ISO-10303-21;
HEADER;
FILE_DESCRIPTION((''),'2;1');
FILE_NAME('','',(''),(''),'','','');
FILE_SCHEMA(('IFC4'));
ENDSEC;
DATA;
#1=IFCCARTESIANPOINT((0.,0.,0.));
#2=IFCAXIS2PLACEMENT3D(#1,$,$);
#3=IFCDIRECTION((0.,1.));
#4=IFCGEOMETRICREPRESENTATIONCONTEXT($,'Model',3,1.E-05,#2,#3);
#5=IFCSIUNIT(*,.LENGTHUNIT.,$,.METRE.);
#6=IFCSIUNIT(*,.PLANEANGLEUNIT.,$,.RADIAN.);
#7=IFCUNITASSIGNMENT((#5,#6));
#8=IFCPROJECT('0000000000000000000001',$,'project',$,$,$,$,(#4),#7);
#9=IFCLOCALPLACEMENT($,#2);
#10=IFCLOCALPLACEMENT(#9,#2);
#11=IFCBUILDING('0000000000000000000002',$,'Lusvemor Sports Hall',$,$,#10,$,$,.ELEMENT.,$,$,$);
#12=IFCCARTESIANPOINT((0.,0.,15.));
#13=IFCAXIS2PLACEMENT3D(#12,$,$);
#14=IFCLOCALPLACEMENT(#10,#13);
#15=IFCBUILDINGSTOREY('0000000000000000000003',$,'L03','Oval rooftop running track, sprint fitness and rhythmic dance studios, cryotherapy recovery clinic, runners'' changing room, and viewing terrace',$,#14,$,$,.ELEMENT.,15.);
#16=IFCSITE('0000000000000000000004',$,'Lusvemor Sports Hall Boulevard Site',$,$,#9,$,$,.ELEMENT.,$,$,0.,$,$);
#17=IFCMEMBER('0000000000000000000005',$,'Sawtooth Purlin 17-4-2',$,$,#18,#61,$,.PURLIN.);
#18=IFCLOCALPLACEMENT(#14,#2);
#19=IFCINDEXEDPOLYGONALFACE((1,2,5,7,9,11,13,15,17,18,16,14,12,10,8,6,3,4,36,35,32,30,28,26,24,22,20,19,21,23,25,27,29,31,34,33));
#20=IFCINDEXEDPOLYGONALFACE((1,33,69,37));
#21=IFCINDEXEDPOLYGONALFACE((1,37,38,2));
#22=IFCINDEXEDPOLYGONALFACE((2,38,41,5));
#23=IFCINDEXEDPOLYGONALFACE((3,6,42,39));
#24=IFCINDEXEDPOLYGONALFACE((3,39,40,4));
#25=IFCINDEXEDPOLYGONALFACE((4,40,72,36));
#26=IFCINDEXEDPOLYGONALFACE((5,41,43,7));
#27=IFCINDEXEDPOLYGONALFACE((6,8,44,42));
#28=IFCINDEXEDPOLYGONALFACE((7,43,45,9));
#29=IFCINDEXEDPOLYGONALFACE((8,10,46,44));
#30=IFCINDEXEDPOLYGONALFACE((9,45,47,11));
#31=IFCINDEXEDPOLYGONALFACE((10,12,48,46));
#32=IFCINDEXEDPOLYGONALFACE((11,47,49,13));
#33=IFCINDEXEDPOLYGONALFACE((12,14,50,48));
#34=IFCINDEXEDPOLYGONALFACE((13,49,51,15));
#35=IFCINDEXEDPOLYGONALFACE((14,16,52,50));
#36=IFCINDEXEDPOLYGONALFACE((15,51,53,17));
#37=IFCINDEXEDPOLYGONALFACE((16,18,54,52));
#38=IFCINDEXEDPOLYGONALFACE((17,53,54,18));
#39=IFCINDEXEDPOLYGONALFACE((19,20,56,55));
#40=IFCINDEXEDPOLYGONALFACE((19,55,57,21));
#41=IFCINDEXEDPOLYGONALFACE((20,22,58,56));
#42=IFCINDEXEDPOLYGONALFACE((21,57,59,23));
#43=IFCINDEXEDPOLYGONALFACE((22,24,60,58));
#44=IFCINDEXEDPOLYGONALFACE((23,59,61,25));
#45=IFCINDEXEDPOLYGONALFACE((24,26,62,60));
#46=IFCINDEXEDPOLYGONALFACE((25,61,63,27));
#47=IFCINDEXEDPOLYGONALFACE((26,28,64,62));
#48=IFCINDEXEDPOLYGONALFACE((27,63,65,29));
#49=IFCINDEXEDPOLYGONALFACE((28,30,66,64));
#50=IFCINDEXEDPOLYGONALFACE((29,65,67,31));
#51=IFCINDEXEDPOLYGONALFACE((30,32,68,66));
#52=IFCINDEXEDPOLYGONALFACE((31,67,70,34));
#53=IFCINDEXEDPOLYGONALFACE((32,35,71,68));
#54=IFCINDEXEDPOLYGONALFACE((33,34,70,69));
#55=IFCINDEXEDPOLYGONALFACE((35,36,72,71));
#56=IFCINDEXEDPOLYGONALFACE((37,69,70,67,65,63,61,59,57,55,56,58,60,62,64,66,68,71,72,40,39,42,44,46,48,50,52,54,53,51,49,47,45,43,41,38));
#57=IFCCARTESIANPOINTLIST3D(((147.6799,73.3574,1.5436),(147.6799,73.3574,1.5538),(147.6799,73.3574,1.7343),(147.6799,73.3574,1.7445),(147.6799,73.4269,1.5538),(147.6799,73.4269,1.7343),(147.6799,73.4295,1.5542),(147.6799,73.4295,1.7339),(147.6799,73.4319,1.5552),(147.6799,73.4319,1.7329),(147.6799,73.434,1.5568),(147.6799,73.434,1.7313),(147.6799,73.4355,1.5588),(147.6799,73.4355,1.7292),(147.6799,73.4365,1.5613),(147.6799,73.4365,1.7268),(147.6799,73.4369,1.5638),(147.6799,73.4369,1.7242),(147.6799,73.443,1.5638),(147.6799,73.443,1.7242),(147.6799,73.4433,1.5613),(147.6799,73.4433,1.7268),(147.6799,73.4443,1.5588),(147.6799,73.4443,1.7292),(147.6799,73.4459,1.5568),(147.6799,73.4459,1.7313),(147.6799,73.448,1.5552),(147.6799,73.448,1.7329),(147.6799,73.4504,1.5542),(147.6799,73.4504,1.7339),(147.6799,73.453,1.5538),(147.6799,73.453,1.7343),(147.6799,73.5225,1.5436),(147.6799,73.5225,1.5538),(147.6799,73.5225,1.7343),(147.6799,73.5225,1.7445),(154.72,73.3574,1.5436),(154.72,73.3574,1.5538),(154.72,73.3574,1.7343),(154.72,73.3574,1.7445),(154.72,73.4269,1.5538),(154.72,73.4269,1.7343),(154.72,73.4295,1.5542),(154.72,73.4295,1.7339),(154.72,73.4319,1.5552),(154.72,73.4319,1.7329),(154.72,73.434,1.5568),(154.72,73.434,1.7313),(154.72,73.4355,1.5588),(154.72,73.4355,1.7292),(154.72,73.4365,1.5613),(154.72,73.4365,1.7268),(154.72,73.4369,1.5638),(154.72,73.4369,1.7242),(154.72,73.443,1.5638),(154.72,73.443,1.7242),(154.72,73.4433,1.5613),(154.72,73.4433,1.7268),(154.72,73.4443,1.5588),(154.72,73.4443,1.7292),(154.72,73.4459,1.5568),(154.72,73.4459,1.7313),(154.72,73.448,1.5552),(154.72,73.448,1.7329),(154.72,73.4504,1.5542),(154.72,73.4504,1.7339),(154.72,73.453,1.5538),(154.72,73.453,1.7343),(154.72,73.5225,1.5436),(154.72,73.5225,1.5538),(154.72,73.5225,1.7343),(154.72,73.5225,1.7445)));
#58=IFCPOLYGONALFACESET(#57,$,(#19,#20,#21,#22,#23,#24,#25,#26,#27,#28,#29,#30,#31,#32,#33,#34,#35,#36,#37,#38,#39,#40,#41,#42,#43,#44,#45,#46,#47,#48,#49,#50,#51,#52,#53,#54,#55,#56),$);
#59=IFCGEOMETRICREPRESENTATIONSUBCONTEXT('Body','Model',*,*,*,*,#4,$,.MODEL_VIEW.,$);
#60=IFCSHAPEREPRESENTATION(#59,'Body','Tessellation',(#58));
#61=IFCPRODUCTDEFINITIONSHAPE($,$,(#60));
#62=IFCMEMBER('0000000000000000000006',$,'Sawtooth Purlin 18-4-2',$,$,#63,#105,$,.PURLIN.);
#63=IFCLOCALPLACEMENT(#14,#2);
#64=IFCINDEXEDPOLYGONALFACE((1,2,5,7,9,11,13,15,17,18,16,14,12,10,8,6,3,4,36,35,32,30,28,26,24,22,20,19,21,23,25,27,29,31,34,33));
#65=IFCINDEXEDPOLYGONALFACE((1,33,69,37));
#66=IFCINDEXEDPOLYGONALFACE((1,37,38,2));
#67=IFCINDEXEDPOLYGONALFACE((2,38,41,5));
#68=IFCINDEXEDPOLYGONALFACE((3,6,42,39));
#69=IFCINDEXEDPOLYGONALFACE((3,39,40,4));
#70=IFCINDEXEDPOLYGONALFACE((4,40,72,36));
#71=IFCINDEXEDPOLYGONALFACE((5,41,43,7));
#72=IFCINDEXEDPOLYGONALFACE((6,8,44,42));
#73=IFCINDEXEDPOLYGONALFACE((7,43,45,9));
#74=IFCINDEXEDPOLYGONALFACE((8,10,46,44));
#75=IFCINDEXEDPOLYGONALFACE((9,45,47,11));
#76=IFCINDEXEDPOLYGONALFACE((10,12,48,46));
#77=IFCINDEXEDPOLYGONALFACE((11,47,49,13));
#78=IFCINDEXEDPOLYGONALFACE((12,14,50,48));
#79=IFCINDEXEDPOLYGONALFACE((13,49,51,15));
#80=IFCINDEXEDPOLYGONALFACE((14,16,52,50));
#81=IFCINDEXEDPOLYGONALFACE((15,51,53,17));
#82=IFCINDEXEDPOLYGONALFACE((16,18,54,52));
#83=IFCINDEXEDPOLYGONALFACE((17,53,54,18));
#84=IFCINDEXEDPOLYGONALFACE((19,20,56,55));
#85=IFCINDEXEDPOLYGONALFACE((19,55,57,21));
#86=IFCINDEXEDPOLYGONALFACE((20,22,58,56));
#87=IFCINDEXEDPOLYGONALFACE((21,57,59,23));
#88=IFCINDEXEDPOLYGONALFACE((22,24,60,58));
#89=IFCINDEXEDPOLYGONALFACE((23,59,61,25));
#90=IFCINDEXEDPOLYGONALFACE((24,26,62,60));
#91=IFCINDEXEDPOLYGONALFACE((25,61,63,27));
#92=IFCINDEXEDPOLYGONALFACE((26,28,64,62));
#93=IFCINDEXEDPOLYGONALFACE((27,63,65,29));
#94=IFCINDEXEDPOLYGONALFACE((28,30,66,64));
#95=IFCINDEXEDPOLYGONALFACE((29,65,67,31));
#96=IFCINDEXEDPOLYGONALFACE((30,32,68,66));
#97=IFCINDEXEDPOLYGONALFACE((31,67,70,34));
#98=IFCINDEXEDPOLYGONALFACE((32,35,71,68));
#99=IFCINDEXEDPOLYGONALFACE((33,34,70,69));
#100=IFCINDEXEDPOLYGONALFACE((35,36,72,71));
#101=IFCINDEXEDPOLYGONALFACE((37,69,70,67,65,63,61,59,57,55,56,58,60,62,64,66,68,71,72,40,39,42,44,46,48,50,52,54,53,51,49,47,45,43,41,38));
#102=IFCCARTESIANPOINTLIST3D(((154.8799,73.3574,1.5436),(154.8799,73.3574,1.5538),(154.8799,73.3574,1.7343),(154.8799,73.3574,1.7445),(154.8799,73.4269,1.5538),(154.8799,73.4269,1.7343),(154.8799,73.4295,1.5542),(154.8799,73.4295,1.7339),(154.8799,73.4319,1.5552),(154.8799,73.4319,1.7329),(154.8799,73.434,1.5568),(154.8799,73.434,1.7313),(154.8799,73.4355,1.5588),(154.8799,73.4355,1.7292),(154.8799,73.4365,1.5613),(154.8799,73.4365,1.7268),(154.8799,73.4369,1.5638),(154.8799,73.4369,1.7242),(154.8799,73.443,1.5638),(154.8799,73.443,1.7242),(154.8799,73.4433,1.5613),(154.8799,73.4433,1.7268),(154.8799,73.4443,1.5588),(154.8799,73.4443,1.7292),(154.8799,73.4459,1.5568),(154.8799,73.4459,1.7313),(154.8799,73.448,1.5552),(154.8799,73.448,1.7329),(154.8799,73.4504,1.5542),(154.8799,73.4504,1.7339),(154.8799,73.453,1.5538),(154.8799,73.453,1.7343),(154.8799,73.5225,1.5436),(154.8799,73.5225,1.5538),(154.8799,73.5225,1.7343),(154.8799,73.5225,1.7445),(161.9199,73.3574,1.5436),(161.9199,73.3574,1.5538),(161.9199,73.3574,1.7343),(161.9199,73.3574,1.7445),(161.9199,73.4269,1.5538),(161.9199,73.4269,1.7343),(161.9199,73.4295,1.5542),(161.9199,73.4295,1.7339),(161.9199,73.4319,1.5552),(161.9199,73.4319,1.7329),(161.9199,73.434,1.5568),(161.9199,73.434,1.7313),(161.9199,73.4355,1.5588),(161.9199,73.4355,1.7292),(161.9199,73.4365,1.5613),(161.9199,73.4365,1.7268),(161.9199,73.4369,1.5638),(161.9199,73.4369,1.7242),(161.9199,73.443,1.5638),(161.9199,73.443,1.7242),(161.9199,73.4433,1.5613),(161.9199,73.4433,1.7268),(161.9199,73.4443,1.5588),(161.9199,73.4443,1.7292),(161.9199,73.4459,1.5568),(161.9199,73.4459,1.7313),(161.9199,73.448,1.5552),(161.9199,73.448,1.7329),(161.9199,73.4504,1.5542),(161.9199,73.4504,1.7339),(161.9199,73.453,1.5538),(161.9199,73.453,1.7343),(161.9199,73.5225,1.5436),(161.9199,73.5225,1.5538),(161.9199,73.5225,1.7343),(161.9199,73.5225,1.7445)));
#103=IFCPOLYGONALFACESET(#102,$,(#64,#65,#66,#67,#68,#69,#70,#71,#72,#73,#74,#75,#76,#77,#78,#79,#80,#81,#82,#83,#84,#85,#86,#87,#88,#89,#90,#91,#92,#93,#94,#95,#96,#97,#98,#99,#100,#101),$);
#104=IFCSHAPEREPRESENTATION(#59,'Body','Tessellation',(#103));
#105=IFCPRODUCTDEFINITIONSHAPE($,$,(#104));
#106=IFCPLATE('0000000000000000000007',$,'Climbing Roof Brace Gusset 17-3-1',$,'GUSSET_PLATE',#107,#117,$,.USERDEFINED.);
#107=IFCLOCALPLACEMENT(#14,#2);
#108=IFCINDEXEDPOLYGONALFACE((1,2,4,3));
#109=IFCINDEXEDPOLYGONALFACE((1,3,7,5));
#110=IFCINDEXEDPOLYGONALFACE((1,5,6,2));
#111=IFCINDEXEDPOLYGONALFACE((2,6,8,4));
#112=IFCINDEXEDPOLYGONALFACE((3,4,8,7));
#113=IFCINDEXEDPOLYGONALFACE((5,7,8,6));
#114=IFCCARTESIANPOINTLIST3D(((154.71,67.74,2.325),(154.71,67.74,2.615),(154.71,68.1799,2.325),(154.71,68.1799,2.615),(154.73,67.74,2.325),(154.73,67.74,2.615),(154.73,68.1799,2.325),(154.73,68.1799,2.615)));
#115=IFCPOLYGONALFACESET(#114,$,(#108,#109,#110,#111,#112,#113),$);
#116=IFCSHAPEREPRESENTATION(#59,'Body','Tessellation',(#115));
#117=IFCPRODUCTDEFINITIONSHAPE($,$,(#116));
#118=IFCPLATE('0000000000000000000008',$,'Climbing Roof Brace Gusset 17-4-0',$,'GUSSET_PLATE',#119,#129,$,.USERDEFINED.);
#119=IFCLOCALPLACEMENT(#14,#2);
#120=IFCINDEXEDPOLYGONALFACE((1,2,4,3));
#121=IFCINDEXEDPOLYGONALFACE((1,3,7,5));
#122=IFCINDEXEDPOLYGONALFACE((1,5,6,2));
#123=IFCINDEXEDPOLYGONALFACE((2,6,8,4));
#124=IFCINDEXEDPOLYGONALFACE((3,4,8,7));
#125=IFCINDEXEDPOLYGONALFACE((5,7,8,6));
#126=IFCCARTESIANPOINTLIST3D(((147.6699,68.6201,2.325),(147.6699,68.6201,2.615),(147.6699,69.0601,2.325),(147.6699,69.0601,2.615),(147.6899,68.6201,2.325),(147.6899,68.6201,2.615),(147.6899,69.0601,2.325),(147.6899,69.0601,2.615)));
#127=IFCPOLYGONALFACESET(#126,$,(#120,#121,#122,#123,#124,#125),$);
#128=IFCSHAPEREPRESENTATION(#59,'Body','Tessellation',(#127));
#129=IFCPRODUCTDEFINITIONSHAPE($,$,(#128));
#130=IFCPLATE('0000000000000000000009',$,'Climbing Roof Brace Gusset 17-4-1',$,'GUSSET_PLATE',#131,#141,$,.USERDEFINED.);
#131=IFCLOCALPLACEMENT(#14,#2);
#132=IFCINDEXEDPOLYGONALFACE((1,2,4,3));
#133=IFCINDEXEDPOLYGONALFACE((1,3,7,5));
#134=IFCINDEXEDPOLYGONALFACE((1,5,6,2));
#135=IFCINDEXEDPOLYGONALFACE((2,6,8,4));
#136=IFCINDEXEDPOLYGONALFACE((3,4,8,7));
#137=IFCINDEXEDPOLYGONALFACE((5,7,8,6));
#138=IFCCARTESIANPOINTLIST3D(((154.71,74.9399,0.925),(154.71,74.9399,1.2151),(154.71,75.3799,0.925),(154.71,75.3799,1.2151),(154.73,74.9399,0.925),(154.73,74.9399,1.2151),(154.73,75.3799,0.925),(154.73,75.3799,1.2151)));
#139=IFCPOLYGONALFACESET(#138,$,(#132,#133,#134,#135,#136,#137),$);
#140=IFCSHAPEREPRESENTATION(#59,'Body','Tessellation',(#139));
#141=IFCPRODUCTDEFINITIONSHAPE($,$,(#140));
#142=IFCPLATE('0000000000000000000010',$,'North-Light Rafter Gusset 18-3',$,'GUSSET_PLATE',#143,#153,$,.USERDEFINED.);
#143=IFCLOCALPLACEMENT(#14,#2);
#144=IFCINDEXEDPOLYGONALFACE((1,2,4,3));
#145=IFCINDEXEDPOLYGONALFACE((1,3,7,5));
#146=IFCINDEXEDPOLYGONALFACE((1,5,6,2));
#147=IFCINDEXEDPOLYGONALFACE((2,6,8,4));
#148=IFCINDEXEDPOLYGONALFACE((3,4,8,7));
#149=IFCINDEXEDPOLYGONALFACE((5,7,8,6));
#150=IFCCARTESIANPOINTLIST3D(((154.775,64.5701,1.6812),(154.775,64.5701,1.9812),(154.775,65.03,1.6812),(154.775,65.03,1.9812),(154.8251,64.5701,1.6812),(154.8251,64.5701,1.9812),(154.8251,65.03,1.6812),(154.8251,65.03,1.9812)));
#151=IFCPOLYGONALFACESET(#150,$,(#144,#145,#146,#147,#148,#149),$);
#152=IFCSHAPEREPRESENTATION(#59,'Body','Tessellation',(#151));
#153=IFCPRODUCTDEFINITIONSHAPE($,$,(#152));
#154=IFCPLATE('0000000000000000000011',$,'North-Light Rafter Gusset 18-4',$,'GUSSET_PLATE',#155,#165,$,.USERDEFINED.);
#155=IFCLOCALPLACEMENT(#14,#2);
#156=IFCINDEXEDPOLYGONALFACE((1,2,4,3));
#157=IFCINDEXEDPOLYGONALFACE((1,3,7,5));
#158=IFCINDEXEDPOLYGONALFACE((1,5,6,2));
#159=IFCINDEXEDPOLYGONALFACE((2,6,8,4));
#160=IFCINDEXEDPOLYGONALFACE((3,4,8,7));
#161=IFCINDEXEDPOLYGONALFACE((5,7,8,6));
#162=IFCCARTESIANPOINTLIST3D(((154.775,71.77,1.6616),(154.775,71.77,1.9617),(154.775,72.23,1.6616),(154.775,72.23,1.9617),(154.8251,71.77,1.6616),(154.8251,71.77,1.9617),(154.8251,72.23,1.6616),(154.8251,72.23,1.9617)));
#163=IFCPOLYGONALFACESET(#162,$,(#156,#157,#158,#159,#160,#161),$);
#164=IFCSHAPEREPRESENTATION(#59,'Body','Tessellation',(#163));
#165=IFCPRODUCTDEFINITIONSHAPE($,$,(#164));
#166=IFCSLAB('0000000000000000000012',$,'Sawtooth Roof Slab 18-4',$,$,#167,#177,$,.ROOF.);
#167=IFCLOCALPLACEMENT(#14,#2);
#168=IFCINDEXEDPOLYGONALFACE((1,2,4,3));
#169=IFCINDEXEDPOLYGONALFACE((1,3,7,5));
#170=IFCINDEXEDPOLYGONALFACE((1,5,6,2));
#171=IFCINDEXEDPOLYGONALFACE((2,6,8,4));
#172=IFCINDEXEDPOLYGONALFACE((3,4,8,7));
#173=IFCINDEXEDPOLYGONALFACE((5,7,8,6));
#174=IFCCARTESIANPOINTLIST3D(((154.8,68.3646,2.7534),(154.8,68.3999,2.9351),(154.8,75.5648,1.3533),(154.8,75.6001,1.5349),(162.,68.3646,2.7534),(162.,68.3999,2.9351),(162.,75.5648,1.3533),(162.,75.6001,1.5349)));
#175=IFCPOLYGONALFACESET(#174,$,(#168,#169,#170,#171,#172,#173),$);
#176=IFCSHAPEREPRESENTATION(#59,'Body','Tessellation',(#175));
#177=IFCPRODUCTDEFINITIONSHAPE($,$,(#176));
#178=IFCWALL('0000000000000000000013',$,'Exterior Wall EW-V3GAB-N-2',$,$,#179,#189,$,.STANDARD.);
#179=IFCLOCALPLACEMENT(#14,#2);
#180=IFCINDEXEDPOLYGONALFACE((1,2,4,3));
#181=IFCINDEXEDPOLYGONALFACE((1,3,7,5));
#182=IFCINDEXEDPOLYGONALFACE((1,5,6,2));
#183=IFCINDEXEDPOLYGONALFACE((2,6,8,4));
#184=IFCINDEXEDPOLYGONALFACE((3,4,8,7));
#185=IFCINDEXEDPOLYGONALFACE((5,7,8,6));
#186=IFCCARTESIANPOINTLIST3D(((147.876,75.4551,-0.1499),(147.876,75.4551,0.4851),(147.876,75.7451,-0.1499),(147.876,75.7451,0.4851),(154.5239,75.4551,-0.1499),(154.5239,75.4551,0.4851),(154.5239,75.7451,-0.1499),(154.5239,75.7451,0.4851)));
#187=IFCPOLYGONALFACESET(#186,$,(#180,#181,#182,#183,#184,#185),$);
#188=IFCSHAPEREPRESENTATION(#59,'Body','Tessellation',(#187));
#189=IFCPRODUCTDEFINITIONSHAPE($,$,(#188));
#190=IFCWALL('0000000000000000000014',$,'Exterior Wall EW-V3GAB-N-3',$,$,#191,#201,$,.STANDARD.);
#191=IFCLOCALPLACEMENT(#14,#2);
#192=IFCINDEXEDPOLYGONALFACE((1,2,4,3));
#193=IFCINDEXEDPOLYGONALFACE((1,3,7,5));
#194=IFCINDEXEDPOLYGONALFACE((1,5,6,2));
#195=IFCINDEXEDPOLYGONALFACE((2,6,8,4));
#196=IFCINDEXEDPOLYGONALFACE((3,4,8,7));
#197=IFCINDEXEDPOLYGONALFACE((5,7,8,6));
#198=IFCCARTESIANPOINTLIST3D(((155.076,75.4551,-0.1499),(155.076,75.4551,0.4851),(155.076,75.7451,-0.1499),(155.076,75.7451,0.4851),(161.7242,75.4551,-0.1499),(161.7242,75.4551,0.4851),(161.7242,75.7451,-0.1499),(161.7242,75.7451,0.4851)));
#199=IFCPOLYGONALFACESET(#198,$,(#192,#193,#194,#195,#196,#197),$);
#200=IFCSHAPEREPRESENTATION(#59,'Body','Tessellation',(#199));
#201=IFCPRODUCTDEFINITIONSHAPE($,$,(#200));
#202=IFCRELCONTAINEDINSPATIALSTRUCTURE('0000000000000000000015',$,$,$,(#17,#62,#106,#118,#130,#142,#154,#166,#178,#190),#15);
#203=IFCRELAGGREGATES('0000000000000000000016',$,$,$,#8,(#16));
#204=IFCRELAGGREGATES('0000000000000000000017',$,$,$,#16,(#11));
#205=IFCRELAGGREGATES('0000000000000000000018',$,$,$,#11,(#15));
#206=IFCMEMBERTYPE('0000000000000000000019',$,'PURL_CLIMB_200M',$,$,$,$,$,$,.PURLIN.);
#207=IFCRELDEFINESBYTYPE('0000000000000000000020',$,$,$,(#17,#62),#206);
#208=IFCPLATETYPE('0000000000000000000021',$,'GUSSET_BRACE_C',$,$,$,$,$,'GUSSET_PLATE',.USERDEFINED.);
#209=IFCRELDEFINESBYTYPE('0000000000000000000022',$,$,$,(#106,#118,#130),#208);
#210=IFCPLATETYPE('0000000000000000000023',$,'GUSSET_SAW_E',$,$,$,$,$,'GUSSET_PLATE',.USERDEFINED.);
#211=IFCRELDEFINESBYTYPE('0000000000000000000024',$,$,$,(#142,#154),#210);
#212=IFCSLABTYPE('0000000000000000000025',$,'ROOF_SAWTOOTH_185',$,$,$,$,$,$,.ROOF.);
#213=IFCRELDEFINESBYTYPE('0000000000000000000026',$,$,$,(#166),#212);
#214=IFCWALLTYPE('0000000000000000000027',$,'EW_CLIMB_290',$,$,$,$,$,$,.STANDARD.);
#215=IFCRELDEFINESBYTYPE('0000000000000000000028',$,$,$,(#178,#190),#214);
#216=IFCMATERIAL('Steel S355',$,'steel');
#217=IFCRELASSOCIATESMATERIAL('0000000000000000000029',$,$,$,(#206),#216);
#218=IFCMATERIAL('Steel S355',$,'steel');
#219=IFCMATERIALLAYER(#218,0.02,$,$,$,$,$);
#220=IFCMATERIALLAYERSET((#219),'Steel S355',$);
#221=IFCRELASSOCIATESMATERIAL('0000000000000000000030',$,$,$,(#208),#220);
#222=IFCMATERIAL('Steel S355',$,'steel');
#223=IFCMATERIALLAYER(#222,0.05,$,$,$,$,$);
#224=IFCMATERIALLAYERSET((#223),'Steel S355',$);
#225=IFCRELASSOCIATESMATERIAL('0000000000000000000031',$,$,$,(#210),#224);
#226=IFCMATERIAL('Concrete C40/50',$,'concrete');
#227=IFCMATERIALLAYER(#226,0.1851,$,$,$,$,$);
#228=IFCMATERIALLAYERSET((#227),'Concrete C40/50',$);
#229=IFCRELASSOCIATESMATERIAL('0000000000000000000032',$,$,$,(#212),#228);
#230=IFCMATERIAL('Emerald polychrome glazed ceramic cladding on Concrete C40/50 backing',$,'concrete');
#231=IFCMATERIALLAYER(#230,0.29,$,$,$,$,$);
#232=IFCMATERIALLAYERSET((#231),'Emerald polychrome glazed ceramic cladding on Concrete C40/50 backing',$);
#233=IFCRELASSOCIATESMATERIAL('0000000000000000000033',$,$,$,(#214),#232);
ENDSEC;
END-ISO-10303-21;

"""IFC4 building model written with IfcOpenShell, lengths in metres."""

from ifc_helpers import new_model, si_unit, direction, frame, frame_2d, origin, origin_2d, place, context, subcontext, project, spatial, polyline, rectangle, i_section, outline, extrude, material, layer, layer_set, material_profile, profile_set, type_object, element, save


model = new_model("IFC4")

# Units and contexts
model_context = context("Model", 3, precision=1e-05, world=origin(), true_north=direction((0.0, 1.0)))
body_context = subcontext(model_context, "Body", "Model", "MODEL_VIEW")
ifc_project = project(units=[si_unit("LENGTHUNIT", "METRE"), si_unit("PLANEANGLEUNIT", "RADIAN")], contexts=[model_context])

# Site, building, storey
site_placement = place(None, origin())
site = spatial("IfcSite", under=ifc_project, at=site_placement, Name="Lusvemor Sports Hall Boulevard Site", CompositionType="ELEMENT", RefElevation=0.0)
building_placement = place(site_placement, origin())
building = spatial("IfcBuilding", under=site, at=building_placement, Name="Lusvemor Sports Hall", CompositionType="ELEMENT")
storey_placement = place(building_placement, frame((0.0, 0.0, 15.0)))
storey = spatial("IfcBuildingStorey", under=building, at=storey_placement, Name="L03", Description="Oval rooftop running track, sprint fitness and rhythmic dance studios, cryotherapy recovery clinic, runners' changing room, and viewing terrace", CompositionType="ELEMENT", Elevation=15.0)

# Members
ifc_material_1 = material(Name="Steel S355", Category="steel")
ifc_material_profile_1 = material_profile(ifc_material_1, i_section(OverallWidth=0.165, OverallDepth=0.2009, WebThickness=0.0061, FlangeThickness=0.0103, FilletRadius=0.01, at=origin_2d()), Name="W200x35.9")
ifc_profile_set_1 = profile_set([ifc_material_profile_1], Name="Steel S355")
member_type_1 = type_object("IfcMemberType", Name="PURL_CLIMB_200M", PredefinedType="PURLIN", material=ifc_profile_set_1)
for number, where, z_axis, x_axis, name in (
    (1, (147.6799, 73.4399, 1.644), (1.0, 0.0, 0.0), (0.0, 1.0, 0.0), "Sawtooth Purlin 17-4-2"),
    (2, (154.8799, 73.4399, 1.644), (1.0, 0.0, 0.0), (0.0, 1.0, 0.0), "Sawtooth Purlin 18-4-2"),
):
    element("IfcMember", number, at=place(storey_placement, frame(where, z_axis=z_axis, x_axis=x_axis)), inside=storey, type_object=member_type_1, Name=name, PredefinedType="PURLIN", context=body_context, shape_type="SweptSolid", body=[
        extrude(i_section(OverallWidth=0.165, OverallDepth=0.2009, WebThickness=0.0061, FlangeThickness=0.0103, FilletRadius=0.01, at=origin_2d()), origin(), (0.0, 0.0, 1.0), 7.04),
    ])

# Plates
ifc_material_2 = material(Name="Steel S355", Category="steel")
ifc_layer_1 = layer(ifc_material_2, 0.02)
ifc_layer_set_1 = layer_set([ifc_layer_1], Name="Steel S355")
plate_type_1 = type_object("IfcPlateType", Name="GUSSET_BRACE_C", ElementType="GUSSET_PLATE", PredefinedType="USERDEFINED", material=ifc_layer_set_1)
for number, where, z_axis, x_axis, name in (
    (3, (154.72, 67.96, 2.325), (0.0, 0.0, 1.0), (1.0, 0.0, 0.0), "Climbing Roof Brace Gusset 17-3-1"),
    (4, (147.6799, 68.8401, 2.325), (0.0, 0.0, 1.0), (1.0, 0.0, 0.0), "Climbing Roof Brace Gusset 17-4-0"),
    (5, (154.72, 75.1599, 0.925), (0.0, 0.0, 1.0), (1.0, 0.0, 0.0), "Climbing Roof Brace Gusset 17-4-1"),
):
    element("IfcPlate", number, at=place(storey_placement, frame(where, z_axis=z_axis, x_axis=x_axis)), inside=storey, type_object=plate_type_1, Name=name, ObjectType="GUSSET_PLATE", PredefinedType="USERDEFINED", context=body_context, shape_type="SweptSolid", body=[
        extrude(rectangle(XDim=0.02, YDim=0.4399, at=origin_2d()), origin(), (0.0, 0.0, 1.0), 0.29),
    ])
ifc_material_3 = material(Name="Steel S355", Category="steel")
ifc_layer_2 = layer(ifc_material_3, 0.05)
ifc_layer_set_2 = layer_set([ifc_layer_2], Name="Steel S355")
plate_type_2 = type_object("IfcPlateType", Name="GUSSET_SAW_E", ElementType="GUSSET_PLATE", PredefinedType="USERDEFINED", material=ifc_layer_set_2)
for number, where, z_axis, x_axis, name in (
    (6, (154.8, 64.8, 1.6812), (0.0, 0.0, 1.0), (1.0, 0.0, 0.0), "North-Light Rafter Gusset 18-3"),
    (7, (154.8, 72.0, 1.6616), (0.0, 0.0, 1.0), (1.0, 0.0, 0.0), "North-Light Rafter Gusset 18-4"),
):
    element("IfcPlate", number, at=place(storey_placement, frame(where, z_axis=z_axis, x_axis=x_axis)), inside=storey, type_object=plate_type_2, Name=name, ObjectType="GUSSET_PLATE", PredefinedType="USERDEFINED", context=body_context, shape_type="SweptSolid", body=[
        extrude(rectangle(XDim=0.05, YDim=0.46, at=origin_2d()), origin(), (0.0, 0.0, 1.0), 0.3),
    ])

# Slab
ifc_material_4 = material(Name="Concrete C40/50", Category="concrete")
ifc_layer_3 = layer(ifc_material_4, 0.1851)
ifc_layer_set_3 = layer_set([ifc_layer_3], Name="Concrete C40/50")
slab_type = type_object("IfcSlabType", Name="ROOF_SAWTOOTH_185", PredefinedType="ROOF", material=ifc_layer_set_3)
slab_placement = place(storey_placement, frame((154.8, 68.3999, 2.9351), z_axis=(0.0, 0.190884, 0.981613), x_axis=(1.0, 0.0, 0.0)))
element("IfcSlab", 8, at=slab_placement, inside=storey, type_object=slab_type, Name="Sawtooth Roof Slab 18-4", PredefinedType="ROOF", context=body_context, shape_type="SweptSolid", body=[
    extrude(outline(polyline([(0.0, 0.0), (7.2, 0.0), (7.2, 7.3351), (0.0, 7.3351), (0.0, 0.0)])), origin(), (0.0, 0.0, -1.0), 0.1851),
])

# Walls
ifc_material_5 = material(Name="Emerald polychrome glazed ceramic cladding on Concrete C40/50 backing", Category="concrete")
ifc_layer_4 = layer(ifc_material_5, 0.29)
ifc_layer_set_4 = layer_set([ifc_layer_4], Name="Emerald polychrome glazed ceramic cladding on Concrete C40/50 backing")
wall_type = type_object("IfcWallType", Name="EW_CLIMB_290", PredefinedType="STANDARD", material=ifc_layer_set_4)
wall_1_placement = place(storey_placement, frame((147.876, 75.6001, -0.1499), z_axis=(0.0, 0.0, 1.0), x_axis=(1.0, 0.0, 0.0)))
element("IfcWall", 9, at=wall_1_placement, inside=storey, type_object=wall_type, Name="Exterior Wall EW-V3GAB-N-2", PredefinedType="STANDARD", context=body_context, shape_type="SweptSolid", body=[
    extrude(rectangle(XDim=6.6479, YDim=0.29, at=frame_2d((3.324, 0.0))), origin(), (0.0, 0.0, 1.0), 0.635),
])
wall_2_placement = place(storey_placement, frame((155.0759, 75.6001, -0.1499), z_axis=(0.0, 0.0, 1.0), x_axis=(1.0, 0.0, 0.0)))
element("IfcWall", 10, at=wall_2_placement, inside=storey, type_object=wall_type, Name="Exterior Wall EW-V3GAB-N-3", PredefinedType="STANDARD", context=body_context, shape_type="SweptSolid", body=[
    extrude(rectangle(XDim=6.6482, YDim=0.29, at=frame_2d((3.3242, 0.0))), origin(), (0.0, 0.0, 1.0), 0.635),
])

save(model, "model.ifc")
